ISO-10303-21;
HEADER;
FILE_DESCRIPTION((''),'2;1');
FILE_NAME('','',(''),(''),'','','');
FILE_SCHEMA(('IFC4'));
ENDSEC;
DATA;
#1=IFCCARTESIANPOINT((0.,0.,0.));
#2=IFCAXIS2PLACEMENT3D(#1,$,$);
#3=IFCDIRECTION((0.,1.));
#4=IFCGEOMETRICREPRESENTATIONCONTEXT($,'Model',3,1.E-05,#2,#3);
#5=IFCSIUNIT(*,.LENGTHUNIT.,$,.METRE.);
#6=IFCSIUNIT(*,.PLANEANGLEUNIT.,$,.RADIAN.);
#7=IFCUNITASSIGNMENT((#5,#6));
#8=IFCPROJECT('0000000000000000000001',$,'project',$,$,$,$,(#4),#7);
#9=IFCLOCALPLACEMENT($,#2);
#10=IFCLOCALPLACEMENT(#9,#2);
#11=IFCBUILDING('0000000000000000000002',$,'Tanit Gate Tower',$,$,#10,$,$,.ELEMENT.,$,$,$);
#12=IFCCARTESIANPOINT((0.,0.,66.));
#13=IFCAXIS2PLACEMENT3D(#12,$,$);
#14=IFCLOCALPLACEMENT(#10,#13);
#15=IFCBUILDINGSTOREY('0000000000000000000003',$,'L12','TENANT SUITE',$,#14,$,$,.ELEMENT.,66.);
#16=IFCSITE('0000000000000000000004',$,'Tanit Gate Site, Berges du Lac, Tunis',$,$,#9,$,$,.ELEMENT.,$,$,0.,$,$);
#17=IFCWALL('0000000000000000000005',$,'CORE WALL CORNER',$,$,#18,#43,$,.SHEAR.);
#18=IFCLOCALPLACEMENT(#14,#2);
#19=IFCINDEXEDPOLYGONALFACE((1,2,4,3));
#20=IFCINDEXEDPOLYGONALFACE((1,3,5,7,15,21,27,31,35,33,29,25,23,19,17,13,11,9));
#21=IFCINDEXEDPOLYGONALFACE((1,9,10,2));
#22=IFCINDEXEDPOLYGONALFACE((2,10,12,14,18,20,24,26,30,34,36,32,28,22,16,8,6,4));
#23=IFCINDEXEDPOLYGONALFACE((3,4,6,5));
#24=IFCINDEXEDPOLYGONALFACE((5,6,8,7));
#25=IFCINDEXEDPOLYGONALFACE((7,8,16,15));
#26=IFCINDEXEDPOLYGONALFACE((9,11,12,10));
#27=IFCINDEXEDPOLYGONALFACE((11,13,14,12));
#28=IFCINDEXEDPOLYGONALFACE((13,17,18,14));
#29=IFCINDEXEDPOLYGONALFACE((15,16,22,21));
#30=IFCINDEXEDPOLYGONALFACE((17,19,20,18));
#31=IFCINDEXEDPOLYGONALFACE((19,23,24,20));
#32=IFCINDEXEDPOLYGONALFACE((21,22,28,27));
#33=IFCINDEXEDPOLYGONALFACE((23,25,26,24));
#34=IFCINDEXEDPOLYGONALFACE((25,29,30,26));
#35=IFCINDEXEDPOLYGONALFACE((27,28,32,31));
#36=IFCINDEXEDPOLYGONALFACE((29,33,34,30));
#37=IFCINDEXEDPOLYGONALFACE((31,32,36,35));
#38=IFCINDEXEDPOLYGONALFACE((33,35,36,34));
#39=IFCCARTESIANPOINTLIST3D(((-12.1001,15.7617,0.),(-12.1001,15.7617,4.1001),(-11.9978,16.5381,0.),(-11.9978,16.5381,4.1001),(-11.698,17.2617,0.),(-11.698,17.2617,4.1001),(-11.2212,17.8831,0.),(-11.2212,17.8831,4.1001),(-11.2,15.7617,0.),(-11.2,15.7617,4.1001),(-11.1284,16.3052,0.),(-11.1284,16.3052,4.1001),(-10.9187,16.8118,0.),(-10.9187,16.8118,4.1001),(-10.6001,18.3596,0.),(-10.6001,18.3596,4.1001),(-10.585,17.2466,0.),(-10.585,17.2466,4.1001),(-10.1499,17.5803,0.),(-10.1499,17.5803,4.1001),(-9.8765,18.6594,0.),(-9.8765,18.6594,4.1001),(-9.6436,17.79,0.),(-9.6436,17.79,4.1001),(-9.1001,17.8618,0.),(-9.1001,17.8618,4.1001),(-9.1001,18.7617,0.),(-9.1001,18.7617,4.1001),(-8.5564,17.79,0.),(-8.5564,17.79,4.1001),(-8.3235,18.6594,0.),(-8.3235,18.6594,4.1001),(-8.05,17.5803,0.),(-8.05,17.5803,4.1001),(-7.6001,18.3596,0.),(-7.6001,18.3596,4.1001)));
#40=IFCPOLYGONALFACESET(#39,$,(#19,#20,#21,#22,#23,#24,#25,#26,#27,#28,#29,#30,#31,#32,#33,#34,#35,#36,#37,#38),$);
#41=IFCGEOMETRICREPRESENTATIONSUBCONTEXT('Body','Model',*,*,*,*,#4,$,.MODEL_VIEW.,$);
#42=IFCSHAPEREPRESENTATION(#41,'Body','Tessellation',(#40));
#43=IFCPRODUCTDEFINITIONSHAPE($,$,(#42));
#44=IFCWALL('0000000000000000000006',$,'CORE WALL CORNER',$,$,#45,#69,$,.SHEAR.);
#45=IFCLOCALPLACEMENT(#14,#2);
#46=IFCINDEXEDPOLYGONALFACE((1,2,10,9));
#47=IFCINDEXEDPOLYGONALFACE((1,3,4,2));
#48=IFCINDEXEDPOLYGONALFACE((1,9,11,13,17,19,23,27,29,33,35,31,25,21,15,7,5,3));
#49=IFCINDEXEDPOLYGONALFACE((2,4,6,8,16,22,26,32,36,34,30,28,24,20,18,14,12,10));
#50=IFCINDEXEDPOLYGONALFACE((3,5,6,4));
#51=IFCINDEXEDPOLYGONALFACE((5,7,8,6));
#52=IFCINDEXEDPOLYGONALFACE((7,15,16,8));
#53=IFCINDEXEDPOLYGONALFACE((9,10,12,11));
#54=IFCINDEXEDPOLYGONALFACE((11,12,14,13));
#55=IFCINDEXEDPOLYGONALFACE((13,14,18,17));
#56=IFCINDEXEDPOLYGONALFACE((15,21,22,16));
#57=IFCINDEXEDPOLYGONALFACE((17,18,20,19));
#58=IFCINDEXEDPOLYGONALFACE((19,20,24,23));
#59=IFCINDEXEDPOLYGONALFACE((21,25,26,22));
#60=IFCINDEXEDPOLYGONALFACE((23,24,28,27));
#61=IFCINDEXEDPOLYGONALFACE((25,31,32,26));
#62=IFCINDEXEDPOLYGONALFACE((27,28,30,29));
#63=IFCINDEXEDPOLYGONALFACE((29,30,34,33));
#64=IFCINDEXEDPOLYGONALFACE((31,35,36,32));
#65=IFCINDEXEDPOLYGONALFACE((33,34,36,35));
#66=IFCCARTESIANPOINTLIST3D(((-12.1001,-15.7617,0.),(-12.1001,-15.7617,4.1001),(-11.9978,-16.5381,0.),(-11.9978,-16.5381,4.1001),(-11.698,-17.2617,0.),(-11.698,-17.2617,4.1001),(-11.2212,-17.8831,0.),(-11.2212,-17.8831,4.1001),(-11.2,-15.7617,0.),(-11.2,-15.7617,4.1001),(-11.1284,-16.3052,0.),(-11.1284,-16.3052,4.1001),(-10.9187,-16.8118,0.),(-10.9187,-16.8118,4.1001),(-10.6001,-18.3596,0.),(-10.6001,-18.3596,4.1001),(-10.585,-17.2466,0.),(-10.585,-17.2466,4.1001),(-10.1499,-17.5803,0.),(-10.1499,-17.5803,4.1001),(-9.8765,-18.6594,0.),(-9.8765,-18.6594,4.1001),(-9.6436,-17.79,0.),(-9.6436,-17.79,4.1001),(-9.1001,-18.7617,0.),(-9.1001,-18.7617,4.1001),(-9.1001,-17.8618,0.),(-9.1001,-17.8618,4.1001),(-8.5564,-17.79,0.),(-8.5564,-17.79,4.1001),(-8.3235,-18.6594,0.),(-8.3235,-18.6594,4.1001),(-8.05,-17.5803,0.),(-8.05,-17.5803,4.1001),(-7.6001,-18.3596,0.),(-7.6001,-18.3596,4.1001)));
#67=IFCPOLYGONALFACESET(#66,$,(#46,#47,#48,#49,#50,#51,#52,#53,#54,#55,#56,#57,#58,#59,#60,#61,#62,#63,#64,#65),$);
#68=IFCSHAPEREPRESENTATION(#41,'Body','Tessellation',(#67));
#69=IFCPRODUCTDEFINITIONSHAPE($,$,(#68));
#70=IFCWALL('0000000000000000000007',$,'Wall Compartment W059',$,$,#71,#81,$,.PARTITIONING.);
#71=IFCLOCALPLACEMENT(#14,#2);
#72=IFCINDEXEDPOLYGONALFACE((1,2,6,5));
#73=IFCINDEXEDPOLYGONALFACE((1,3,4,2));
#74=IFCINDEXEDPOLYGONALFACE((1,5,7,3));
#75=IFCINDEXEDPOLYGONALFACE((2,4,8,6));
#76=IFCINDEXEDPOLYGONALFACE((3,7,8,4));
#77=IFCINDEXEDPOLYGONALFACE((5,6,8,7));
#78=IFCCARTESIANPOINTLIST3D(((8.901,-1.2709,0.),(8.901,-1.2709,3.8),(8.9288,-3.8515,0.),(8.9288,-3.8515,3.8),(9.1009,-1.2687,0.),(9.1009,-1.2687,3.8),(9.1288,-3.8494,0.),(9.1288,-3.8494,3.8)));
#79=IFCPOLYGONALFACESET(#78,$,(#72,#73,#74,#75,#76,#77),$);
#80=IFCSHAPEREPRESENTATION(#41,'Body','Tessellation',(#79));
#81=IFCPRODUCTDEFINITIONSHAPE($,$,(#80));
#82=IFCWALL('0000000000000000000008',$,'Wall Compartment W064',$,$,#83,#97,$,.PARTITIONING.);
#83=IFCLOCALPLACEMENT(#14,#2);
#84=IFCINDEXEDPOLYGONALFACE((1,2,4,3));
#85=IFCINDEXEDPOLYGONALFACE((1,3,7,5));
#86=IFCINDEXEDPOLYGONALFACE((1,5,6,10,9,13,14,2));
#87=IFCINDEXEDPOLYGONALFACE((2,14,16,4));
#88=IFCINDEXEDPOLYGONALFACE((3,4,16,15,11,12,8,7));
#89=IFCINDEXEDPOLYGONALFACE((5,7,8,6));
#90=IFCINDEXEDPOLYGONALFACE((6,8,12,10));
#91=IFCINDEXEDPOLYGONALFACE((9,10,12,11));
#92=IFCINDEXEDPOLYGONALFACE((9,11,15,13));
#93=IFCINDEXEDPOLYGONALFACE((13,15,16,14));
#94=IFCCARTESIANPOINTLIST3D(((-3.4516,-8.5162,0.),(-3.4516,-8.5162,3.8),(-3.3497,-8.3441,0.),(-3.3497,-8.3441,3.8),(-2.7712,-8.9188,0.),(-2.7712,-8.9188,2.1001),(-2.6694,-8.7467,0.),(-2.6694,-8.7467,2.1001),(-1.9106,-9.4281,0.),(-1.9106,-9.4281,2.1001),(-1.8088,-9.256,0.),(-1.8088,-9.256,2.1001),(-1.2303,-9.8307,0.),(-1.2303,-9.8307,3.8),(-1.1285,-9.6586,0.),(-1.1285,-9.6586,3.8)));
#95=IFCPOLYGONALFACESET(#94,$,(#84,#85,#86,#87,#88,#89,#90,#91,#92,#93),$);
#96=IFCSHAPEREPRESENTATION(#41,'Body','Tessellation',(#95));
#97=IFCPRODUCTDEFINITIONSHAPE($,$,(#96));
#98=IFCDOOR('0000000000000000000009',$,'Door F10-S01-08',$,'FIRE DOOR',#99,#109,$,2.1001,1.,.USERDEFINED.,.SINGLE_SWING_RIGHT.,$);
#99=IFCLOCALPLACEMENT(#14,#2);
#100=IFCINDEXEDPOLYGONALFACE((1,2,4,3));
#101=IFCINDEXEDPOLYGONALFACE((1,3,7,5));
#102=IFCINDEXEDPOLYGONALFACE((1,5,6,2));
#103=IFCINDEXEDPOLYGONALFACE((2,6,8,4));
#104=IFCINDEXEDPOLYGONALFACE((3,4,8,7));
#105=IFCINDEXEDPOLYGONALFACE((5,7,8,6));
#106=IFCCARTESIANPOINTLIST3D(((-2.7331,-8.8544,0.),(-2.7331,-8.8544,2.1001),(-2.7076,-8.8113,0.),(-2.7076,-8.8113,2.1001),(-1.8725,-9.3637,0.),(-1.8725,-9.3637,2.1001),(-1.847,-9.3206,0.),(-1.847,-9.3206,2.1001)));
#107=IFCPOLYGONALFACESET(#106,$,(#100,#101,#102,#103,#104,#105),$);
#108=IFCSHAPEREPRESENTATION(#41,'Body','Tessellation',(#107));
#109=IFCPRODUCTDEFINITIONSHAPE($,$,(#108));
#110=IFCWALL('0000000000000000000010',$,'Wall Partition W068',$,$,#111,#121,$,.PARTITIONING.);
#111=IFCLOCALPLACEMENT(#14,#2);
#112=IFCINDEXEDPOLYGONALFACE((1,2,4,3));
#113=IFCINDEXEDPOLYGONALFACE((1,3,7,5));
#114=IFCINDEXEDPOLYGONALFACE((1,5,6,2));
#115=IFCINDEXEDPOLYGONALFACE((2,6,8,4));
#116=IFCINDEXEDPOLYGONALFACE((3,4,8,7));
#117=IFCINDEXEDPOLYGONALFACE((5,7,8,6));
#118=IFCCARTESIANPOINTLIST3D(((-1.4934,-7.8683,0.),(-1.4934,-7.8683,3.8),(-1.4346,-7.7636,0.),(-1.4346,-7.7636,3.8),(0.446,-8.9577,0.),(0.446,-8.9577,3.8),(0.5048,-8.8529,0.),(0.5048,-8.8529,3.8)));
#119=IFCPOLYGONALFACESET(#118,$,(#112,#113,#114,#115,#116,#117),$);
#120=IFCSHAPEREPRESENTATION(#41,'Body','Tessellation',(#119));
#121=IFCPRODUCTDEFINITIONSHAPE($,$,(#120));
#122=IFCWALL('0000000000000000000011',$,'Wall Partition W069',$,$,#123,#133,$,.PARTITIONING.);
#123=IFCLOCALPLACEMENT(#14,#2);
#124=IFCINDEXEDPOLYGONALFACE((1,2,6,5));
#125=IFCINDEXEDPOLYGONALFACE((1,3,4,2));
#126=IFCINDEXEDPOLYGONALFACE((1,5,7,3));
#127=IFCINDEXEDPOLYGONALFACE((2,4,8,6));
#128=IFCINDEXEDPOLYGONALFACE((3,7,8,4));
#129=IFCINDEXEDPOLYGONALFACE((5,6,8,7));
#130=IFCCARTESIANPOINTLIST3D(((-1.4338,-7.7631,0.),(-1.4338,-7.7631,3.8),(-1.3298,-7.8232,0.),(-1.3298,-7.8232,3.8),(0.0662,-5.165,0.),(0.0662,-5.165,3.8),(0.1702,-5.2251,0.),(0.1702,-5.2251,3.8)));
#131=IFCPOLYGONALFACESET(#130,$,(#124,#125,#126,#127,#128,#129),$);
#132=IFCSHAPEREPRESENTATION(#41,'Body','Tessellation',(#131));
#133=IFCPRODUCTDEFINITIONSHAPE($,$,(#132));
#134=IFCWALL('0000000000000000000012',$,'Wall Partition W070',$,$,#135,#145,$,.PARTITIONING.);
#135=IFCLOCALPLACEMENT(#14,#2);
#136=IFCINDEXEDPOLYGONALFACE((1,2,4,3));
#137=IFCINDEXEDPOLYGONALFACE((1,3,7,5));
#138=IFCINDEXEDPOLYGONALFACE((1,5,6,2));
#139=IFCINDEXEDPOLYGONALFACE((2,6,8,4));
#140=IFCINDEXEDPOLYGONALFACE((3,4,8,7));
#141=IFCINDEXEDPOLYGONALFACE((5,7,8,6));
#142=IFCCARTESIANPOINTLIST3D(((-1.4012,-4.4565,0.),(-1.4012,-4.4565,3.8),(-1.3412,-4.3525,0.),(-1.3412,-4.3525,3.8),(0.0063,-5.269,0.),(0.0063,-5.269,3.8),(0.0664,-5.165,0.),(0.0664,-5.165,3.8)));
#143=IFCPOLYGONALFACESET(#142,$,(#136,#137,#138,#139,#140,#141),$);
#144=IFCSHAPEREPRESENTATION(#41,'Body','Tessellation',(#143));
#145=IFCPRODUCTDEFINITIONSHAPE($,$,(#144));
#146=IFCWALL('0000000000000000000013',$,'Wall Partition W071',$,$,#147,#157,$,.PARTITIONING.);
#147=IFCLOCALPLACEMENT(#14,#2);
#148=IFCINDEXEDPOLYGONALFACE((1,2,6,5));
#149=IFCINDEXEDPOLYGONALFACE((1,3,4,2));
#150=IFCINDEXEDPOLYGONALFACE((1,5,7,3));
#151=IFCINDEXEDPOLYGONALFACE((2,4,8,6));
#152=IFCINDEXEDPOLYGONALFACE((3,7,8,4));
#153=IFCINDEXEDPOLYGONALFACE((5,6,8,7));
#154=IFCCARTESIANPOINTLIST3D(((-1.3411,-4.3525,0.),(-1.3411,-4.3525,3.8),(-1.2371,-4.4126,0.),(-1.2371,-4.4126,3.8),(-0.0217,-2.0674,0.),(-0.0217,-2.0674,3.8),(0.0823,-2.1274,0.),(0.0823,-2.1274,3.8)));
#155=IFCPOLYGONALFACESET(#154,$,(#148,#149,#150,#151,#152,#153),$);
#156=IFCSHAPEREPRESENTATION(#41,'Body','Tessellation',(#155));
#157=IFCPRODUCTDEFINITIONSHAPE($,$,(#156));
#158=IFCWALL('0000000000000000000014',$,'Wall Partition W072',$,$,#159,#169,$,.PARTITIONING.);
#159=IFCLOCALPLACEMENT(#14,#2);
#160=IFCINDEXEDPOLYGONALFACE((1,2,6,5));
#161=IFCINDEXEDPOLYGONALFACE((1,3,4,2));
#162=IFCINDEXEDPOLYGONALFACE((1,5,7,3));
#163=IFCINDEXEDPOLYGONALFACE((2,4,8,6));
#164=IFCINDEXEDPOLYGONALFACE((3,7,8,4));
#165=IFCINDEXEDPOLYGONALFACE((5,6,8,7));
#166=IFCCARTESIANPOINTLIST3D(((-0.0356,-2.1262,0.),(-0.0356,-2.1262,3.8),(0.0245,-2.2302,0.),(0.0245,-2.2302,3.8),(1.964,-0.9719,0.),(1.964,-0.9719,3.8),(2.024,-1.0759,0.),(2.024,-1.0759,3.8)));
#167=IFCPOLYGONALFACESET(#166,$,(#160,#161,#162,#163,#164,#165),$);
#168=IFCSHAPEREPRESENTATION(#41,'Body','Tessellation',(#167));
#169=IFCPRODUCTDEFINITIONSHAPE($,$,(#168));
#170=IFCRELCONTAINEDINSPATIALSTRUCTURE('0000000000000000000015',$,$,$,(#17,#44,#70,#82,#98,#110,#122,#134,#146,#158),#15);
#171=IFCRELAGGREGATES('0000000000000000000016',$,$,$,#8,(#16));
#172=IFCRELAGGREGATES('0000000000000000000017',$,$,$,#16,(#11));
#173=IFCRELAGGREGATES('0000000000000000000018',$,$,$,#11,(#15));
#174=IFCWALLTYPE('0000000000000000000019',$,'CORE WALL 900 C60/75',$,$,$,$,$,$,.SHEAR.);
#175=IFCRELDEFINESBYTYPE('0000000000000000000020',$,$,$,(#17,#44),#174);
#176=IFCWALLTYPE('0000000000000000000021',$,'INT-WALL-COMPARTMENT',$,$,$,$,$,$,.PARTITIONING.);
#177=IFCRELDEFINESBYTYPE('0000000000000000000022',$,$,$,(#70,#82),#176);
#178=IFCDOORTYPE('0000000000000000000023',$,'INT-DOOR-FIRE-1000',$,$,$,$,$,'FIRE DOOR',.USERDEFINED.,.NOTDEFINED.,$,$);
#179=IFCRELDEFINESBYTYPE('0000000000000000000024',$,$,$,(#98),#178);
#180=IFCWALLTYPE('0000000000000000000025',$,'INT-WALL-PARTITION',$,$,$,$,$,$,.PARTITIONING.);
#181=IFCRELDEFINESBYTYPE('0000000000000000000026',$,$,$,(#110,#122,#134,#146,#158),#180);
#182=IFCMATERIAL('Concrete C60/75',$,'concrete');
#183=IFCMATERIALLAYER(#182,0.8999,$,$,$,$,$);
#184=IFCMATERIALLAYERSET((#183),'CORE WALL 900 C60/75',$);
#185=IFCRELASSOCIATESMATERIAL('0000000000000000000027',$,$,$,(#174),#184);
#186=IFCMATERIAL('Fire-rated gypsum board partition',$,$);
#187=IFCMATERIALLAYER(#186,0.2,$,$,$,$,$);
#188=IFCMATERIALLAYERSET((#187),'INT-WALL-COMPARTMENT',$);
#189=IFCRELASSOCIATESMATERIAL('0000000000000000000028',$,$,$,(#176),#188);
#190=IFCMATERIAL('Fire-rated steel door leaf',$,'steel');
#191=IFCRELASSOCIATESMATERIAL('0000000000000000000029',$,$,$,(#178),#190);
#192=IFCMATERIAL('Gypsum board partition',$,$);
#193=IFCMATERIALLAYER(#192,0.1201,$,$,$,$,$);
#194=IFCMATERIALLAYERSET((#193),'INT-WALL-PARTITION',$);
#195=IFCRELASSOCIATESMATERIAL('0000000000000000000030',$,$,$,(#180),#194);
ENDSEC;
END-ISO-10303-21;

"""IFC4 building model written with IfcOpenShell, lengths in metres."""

from ifc_helpers import new_model, si_unit, direction, frame, frame_2d, origin, place, context, subcontext, project, spatial, polyline, rectangle, outline, extrude, material, layer, layer_set, type_object, element, fill, save


model = new_model("IFC4")

# Units and contexts
model_context = context("Model", 3, precision=1e-05, world=origin(), true_north=direction((0.0, 1.0)))
body_context = subcontext(model_context, "Body", "Model", "MODEL_VIEW")
ifc_project = project(units=[si_unit("LENGTHUNIT", "METRE"), si_unit("PLANEANGLEUNIT", "RADIAN")], contexts=[model_context])

# Site, building, storey
site_placement = place(None, origin())
site = spatial("IfcSite", under=ifc_project, at=site_placement, Name="Tanit Gate Site, Berges du Lac, Tunis", CompositionType="ELEMENT", RefElevation=0.0)
building_placement = place(site_placement, origin())
building = spatial("IfcBuilding", under=site, at=building_placement, Name="Tanit Gate Tower", CompositionType="ELEMENT")
storey_placement = place(building_placement, frame((0.0, 0.0, 66.0)))
storey = spatial("IfcBuildingStorey", under=building, at=storey_placement, Name="L12", Description="TENANT SUITE", CompositionType="ELEMENT", Elevation=66.0)

# Walls
ifc_material_1 = material(Name="Concrete C60/75", Category="concrete")
ifc_layer_1 = layer(ifc_material_1, 0.8999)
ifc_layer_set_1 = layer_set([ifc_layer_1], Name="CORE WALL 900 C60/75")
wall_type_1 = type_object("IfcWallType", Name="CORE WALL 900 C60/75", PredefinedType="SHEAR", material=ifc_layer_set_1)
wall_1_placement = place(storey_placement, origin())
element("IfcWall", 1, at=wall_1_placement, inside=storey, type_object=wall_type_1, Name="CORE WALL CORNER", PredefinedType="SHEAR", context=body_context, shape_type="SweptSolid", body=[
    extrude(outline(polyline([(-7.6001, 18.3596), (-8.3235, 18.6594), (-9.1001, 18.7617), (-9.8765, 18.6594), (-10.6001, 18.3596), (-11.2212, 17.8831), (-11.698, 17.2617), (-11.9978, 16.5381), (-12.1001, 15.7617), (-11.2, 15.7617), (-11.1284, 16.3052), (-10.9187, 16.8118), (-10.585, 17.2466), (-10.1499, 17.5803), (-9.6436, 17.79), (-9.1001, 17.8618), (-8.5564, 17.79), (-8.05, 17.5803), (-7.6001, 18.3596)])), origin(), (0.0, 0.0, 1.0), 4.1001),
])
wall_2_placement = place(storey_placement, origin())
element("IfcWall", 2, at=wall_2_placement, inside=storey, type_object=wall_type_1, Name="CORE WALL CORNER", PredefinedType="SHEAR", context=body_context, shape_type="SweptSolid", body=[
    extrude(outline(polyline([(-12.1001, -15.7617), (-11.9978, -16.5381), (-11.698, -17.2617), (-11.2212, -17.8831), (-10.6001, -18.3596), (-9.8765, -18.6594), (-9.1001, -18.7617), (-8.3235, -18.6594), (-7.6001, -18.3596), (-8.05, -17.5803), (-8.5564, -17.79), (-9.1001, -17.8618), (-9.6436, -17.79), (-10.1499, -17.5803), (-10.585, -17.2466), (-10.9187, -16.8118), (-11.1284, -16.3052), (-11.2, -15.7617), (-12.1001, -15.7617)])), origin(), (0.0, 0.0, 1.0), 4.1001),
])
ifc_material_2 = material(Name="Fire-rated gypsum board partition")
ifc_layer_2 = layer(ifc_material_2, 0.2)
ifc_layer_set_2 = layer_set([ifc_layer_2], Name="INT-WALL-COMPARTMENT")
wall_type_2 = type_object("IfcWallType", Name="INT-WALL-COMPARTMENT", PredefinedType="PARTITIONING", material=ifc_layer_set_2)
wall_3_placement = place(storey_placement, frame((9.0288, -3.8506, 0.0), z_axis=(0.0, 0.0, 1.0), x_axis=(-0.010785, 0.999942, 0.0)))
element("IfcWall", 3, at=wall_3_placement, inside=storey, type_object=wall_type_2, Name="Wall Compartment W059", PredefinedType="PARTITIONING", context=body_context, shape_type="SweptSolid", body=[
    extrude(rectangle(XDim=2.5808, YDim=0.2, at=frame_2d((1.2905, 0.0))), origin(), (0.0, 0.0, 1.0), 3.8),
])

# Wall, opening, door
wall_4_placement = place(storey_placement, frame((-3.4006, -8.4302, 0.0), z_axis=(0.0, 0.0, 1.0), x_axis=(0.860599, -0.509284, 0.0)))
wall_4 = element("IfcWall", 4, at=wall_4_placement, inside=storey, type_object=wall_type_2, Name="Wall Compartment W064", PredefinedType="PARTITIONING", context=body_context, shape_type="SweptSolid", body=[
    extrude(rectangle(XDim=2.5811, YDim=0.2, at=frame_2d((1.2905, 0.0))), origin(), (0.0, 0.0, 1.0), 3.8),
])
opening_1_placement = place(wall_4_placement, frame((0.7905, 0.0, 0.0)))
opening_1 = element("IfcOpeningElement", 5, at=opening_1_placement, cuts=wall_4, PredefinedType="OPENING", context=body_context, shape_type="SweptSolid", body=[
    extrude(rectangle(XDim=1.0, YDim=2.1001, at=frame_2d((0.5, 1.05))), frame((0.0, 0.1099, 0.0), z_axis=(0.0, -1.0, 0.0), x_axis=(1.0, 0.0, 0.0)), (0.0, 0.0, 1.0), 0.22),
])
ifc_material_3 = material(Name="Fire-rated steel door leaf", Category="steel")
door_type_1 = type_object("IfcDoorType", Name="INT-DOOR-FIRE-1000", ElementType="FIRE DOOR", OperationType="NOTDEFINED", PredefinedType="USERDEFINED", material=ifc_material_3)
door_1_placement = place(opening_1_placement, origin())
door_1 = element("IfcDoor", 6, at=door_1_placement, inside=storey, type_object=door_type_1, Name="Door F10-S01-08", ObjectType="FIRE DOOR", OperationType="SINGLE_SWING_RIGHT", OverallHeight=2.1001, OverallWidth=1.0, PredefinedType="USERDEFINED", context=body_context, shape_type="SweptSolid", body=[
    extrude(rectangle(XDim=1.0, YDim=2.1001, at=frame_2d((0.5, 1.05))), frame((0.0, 0.0249, 0.0), z_axis=(0.0, -1.0, 0.0), x_axis=(1.0, 0.0, 0.0)), (0.0, 0.0, 1.0), 0.05),
])
fill(opening_1, door_1)

# Walls
ifc_material_4 = material(Name="Gypsum board partition")
ifc_layer_3 = layer(ifc_material_4, 0.1201)
ifc_layer_set_3 = layer_set([ifc_layer_3], Name="INT-WALL-PARTITION")
wall_type_3 = type_object("IfcWallType", Name="INT-WALL-PARTITION", PredefinedType="PARTITIONING", material=ifc_layer_set_3)
wall_5_placement = place(storey_placement, frame((-1.4641, -7.8159, 0.0), z_axis=(0.0, 0.0, 1.0), x_axis=(0.87188, -0.489719, 0.0)))
element("IfcWall", 7, at=wall_5_placement, inside=storey, type_object=wall_type_3, Name="Wall Partition W068", PredefinedType="PARTITIONING", context=body_context, shape_type="SweptSolid", body=[
    extrude(rectangle(XDim=2.2244, YDim=0.1201, at=frame_2d((1.1123, 0.0))), origin(), (0.0, 0.0, 1.0), 3.8),
])
wall_6_placement = place(storey_placement, frame((0.1182, -5.1951, 0.0), z_axis=(0.0, 0.0, 1.0), x_axis=(-0.49999, -0.866031, 0.0)))
element("IfcWall", 8, at=wall_6_placement, inside=storey, type_object=wall_type_3, Name="Wall Partition W069", PredefinedType="PARTITIONING", context=body_context, shape_type="SweptSolid", body=[
    extrude(rectangle(XDim=3.0, YDim=0.1201, at=frame_2d((1.5, 0.0))), origin(), (0.0, 0.0, 1.0), 3.8),
])
wall_7_placement = place(storey_placement, frame((-1.3711, -4.4045, 0.0), z_axis=(0.0, 0.0, 1.0), x_axis=(0.866053, -0.499952, 0.0)))
element("IfcWall", 9, at=wall_7_placement, inside=storey, type_object=wall_type_3, Name="Wall Partition W070", PredefinedType="PARTITIONING", context=body_context, shape_type="SweptSolid", body=[
    extrude(rectangle(XDim=1.6252, YDim=0.1201, at=frame_2d((0.8125, 0.0))), origin(), (0.0, 0.0, 1.0), 3.8),
])
wall_8_placement = place(storey_placement, frame((0.0303, -2.0974, 0.0), z_axis=(0.0, 0.0, 1.0), x_axis=(-0.5, -0.866025, 0.0)))
element("IfcWall", 10, at=wall_8_placement, inside=storey, type_object=wall_type_3, Name="Wall Partition W071", PredefinedType="PARTITIONING", context=body_context, shape_type="SweptSolid", body=[
    extrude(rectangle(XDim=2.6387, YDim=0.1201, at=frame_2d((1.3193, 0.0))), origin(), (0.0, 0.0, 1.0), 3.8),
])
wall_9_placement = place(storey_placement, frame((1.9939, -1.0239, 0.0), z_axis=(0.0, 0.0, 1.0), x_axis=(-0.866048, -0.49996, 0.0)))
element("IfcWall", 11, at=wall_9_placement, inside=storey, type_object=wall_type_3, Name="Wall Partition W072", PredefinedType="PARTITIONING", context=body_context, shape_type="SweptSolid", body=[
    extrude(rectangle(XDim=2.3088, YDim=0.1201, at=frame_2d((1.1543, 0.0))), origin(), (0.0, 0.0, 1.0), 3.8),
])

save(model, "model.ifc")
